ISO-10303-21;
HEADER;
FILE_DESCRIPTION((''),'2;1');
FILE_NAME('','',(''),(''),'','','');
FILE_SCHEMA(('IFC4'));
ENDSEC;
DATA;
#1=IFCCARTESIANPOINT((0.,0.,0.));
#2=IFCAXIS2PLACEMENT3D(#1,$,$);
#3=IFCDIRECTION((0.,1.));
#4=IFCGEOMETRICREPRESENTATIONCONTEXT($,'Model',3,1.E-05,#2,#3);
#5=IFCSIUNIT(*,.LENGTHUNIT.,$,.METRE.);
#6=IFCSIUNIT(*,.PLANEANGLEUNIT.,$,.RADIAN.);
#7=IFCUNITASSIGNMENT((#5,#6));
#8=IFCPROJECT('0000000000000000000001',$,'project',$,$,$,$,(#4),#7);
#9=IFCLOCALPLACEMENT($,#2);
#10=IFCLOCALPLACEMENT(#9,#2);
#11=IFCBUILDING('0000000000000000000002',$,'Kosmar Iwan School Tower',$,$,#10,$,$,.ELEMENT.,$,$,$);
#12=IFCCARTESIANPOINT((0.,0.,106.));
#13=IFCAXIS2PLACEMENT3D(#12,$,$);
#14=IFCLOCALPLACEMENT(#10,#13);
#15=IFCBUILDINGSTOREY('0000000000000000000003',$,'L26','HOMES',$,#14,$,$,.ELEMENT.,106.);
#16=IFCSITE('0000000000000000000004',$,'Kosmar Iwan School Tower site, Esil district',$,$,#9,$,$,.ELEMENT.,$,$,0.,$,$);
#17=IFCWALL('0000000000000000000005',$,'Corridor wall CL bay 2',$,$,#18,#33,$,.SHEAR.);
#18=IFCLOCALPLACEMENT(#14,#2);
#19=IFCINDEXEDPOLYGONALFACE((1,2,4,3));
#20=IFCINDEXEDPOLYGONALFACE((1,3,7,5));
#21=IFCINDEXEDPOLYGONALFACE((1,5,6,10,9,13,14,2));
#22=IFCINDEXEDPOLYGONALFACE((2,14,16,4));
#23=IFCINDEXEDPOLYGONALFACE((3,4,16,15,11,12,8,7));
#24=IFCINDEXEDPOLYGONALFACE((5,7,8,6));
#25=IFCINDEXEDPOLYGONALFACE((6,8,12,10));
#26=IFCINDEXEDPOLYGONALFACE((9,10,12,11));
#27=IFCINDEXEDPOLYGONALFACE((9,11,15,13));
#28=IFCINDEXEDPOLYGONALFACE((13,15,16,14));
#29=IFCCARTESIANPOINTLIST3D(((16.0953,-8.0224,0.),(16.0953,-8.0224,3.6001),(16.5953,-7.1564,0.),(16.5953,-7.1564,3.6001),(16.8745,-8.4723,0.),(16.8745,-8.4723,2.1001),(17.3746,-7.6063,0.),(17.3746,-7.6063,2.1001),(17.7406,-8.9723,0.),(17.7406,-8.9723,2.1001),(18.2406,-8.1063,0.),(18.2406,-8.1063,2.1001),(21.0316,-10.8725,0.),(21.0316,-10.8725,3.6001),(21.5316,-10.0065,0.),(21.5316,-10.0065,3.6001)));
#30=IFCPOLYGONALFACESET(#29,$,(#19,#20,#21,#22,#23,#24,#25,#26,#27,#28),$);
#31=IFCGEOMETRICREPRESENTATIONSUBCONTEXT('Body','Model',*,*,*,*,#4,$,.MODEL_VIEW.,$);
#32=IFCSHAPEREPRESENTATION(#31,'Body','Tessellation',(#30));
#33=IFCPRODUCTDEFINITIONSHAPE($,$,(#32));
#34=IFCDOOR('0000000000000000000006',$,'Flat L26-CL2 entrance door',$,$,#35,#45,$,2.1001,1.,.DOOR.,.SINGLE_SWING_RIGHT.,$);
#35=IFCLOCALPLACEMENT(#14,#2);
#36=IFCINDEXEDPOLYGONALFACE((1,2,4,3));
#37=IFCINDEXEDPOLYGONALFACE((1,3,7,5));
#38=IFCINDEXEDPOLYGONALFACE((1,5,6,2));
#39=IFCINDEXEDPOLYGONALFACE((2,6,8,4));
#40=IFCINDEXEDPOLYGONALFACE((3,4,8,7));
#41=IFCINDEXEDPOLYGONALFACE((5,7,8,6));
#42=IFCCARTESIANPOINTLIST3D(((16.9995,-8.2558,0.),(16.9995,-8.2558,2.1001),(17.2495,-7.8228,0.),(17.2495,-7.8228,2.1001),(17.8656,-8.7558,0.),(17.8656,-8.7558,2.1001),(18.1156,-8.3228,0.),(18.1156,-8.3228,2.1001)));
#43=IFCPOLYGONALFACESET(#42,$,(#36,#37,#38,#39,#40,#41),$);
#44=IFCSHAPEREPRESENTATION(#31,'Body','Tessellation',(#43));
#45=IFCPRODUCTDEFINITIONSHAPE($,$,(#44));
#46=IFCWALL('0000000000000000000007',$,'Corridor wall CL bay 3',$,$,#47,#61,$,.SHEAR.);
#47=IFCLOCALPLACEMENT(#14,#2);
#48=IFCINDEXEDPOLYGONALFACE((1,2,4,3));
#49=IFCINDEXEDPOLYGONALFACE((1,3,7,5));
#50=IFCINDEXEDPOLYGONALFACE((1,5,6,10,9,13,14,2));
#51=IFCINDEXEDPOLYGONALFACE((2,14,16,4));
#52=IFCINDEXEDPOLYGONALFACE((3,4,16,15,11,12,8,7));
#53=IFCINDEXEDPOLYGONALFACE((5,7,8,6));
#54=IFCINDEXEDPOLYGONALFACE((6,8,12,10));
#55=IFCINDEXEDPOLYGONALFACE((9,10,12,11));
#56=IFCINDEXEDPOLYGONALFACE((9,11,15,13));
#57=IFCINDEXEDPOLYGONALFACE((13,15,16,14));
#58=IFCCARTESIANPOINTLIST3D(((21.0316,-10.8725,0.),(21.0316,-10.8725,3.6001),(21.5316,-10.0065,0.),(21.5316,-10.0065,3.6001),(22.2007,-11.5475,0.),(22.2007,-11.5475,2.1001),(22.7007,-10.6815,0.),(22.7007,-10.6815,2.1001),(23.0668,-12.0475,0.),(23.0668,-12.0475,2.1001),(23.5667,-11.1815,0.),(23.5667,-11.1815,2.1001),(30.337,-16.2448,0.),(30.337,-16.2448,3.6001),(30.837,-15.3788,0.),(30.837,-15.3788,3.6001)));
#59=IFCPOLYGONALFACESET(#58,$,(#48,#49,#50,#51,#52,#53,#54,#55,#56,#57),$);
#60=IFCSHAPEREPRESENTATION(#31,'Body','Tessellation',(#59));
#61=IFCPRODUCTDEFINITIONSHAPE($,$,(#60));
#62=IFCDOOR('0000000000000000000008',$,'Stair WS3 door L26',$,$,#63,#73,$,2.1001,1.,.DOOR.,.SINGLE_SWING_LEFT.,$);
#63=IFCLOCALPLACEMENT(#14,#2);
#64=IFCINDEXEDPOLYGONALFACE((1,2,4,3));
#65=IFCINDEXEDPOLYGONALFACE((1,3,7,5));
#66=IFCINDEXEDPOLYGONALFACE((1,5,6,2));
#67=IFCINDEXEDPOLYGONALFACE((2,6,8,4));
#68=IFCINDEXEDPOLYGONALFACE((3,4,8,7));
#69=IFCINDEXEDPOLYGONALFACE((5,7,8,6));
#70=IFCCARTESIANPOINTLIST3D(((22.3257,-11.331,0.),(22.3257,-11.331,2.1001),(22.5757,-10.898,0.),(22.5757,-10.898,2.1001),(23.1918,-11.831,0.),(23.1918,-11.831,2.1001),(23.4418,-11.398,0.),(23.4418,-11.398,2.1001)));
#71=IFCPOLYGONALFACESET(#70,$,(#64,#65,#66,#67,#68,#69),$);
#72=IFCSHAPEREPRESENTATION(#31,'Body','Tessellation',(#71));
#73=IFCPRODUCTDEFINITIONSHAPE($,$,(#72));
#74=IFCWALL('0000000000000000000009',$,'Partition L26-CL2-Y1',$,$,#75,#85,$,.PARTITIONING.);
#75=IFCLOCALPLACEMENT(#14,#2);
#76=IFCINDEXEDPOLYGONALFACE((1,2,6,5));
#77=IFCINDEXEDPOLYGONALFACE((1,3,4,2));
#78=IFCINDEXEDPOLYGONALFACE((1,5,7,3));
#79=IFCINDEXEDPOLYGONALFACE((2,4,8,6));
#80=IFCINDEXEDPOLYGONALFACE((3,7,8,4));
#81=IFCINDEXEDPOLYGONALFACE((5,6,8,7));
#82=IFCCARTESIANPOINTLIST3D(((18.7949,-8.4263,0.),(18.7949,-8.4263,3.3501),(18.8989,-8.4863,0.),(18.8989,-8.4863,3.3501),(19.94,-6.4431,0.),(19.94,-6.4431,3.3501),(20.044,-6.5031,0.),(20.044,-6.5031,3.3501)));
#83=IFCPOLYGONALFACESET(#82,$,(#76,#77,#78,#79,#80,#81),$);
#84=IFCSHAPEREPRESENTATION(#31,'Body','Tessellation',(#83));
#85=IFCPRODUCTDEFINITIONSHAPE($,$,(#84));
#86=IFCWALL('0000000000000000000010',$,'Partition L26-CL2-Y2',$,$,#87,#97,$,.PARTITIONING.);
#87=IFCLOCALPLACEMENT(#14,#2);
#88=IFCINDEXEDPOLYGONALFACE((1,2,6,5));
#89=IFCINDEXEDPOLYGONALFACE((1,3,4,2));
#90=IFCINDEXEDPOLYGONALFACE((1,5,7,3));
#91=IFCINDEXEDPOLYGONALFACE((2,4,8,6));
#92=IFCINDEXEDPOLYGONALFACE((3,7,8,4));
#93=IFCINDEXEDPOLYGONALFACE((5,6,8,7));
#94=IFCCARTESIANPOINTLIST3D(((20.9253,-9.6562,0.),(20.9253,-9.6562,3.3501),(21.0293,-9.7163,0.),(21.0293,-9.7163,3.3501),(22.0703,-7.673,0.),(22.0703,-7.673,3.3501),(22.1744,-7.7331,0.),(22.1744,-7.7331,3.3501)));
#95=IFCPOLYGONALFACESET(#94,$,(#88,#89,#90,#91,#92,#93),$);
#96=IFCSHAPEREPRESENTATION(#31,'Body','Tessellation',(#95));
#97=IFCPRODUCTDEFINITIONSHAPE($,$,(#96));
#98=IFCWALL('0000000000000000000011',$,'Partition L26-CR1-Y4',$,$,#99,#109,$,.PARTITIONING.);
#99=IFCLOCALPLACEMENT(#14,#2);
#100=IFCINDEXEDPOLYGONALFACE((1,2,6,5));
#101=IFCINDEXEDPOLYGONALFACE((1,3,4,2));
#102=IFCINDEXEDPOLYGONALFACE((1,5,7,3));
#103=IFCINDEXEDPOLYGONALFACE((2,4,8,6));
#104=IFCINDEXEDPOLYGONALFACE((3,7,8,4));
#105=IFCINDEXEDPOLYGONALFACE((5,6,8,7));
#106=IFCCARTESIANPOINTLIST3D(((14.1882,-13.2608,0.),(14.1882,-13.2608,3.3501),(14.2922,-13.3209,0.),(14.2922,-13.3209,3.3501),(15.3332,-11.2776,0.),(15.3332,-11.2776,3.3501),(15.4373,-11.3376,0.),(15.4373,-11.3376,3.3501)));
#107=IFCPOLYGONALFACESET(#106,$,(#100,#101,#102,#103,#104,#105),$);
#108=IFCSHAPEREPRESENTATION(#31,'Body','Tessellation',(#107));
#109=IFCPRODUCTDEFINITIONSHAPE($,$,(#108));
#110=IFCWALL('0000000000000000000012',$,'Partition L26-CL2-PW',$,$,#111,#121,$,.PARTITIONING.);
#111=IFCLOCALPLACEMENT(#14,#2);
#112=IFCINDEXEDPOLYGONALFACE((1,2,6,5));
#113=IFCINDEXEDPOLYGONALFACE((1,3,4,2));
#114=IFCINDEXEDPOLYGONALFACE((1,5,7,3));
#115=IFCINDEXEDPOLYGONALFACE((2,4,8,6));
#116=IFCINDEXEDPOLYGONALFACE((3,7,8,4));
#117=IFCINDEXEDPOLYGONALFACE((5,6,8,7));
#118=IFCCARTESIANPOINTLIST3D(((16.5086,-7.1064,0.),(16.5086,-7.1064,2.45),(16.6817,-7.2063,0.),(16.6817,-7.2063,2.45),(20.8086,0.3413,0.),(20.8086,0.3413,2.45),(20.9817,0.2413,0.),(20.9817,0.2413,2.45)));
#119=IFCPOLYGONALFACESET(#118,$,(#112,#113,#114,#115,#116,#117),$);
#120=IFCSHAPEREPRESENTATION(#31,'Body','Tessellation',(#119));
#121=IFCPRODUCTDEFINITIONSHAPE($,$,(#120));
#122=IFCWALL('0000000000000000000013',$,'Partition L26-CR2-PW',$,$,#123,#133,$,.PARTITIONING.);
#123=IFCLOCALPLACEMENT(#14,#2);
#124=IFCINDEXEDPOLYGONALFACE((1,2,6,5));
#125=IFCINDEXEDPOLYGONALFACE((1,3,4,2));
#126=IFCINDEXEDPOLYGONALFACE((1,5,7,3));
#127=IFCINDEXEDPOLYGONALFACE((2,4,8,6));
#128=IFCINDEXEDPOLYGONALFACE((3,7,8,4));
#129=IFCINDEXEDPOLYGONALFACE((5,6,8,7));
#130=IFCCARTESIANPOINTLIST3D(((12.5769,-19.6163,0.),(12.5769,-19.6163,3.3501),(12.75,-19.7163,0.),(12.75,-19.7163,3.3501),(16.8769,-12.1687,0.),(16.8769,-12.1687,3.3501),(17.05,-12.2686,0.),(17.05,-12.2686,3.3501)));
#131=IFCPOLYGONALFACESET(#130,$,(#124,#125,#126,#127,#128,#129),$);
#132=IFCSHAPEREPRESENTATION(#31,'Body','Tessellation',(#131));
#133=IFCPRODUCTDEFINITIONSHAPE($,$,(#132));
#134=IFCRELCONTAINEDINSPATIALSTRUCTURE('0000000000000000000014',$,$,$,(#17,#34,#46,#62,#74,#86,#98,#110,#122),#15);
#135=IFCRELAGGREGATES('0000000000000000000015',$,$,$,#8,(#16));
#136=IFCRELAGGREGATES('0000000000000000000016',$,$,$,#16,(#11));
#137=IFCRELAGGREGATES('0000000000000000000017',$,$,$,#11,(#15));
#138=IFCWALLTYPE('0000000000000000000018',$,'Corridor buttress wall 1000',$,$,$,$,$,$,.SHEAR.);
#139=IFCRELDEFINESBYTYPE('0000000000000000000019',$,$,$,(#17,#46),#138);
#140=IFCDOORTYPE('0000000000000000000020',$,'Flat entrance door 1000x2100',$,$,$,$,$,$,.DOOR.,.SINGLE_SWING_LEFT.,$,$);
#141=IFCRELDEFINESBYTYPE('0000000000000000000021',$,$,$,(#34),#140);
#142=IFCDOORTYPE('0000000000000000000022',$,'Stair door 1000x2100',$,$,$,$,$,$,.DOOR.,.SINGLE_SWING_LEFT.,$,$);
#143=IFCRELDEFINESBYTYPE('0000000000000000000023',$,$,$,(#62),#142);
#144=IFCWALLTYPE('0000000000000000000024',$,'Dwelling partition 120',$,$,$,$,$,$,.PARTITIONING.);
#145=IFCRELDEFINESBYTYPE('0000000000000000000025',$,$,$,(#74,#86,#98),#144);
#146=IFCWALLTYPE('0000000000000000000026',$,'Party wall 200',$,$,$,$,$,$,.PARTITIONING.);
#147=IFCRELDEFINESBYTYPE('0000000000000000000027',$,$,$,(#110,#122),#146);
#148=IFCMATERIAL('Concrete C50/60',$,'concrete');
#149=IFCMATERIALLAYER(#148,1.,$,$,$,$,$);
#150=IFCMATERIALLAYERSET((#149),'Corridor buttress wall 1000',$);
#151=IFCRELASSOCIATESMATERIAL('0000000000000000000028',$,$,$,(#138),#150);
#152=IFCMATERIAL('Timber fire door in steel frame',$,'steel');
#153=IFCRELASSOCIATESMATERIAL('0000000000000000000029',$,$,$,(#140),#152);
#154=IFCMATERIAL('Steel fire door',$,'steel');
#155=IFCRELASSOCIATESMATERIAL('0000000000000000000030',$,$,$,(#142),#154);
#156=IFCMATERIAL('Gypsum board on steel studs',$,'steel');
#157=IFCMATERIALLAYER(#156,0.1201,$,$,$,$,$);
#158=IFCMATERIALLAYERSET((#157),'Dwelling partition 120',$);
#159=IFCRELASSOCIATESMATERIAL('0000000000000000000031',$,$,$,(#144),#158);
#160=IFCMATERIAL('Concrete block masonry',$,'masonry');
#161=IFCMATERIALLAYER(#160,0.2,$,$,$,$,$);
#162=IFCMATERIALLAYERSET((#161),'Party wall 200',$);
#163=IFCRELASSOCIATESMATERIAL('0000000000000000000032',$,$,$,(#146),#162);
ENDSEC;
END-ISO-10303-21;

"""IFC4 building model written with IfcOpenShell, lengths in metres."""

from ifc_helpers import new_model, si_unit, direction, frame, frame_2d, origin, place, context, subcontext, project, spatial, rectangle, extrude, material, layer, layer_set, type_object, element, fill, save


model = new_model("IFC4")

# Units and contexts
model_context = context("Model", 3, precision=1e-05, world=origin(), true_north=direction((0.0, 1.0)))
body_context = subcontext(model_context, "Body", "Model", "MODEL_VIEW")
ifc_project = project(units=[si_unit("LENGTHUNIT", "METRE"), si_unit("PLANEANGLEUNIT", "RADIAN")], contexts=[model_context])

# Site, building, storey
site_placement = place(None, origin())
site = spatial("IfcSite", under=ifc_project, at=site_placement, Name="Kosmar Iwan School Tower site, Esil district", CompositionType="ELEMENT", RefElevation=0.0)
building_placement = place(site_placement, origin())
building = spatial("IfcBuilding", under=site, at=building_placement, Name="Kosmar Iwan School Tower", CompositionType="ELEMENT")
storey_placement = place(building_placement, frame((0.0, 0.0, 106.0)))
storey = spatial("IfcBuildingStorey", under=building, at=storey_placement, Name="L26", Description="HOMES", CompositionType="ELEMENT", Elevation=106.0)

# Walls, openings, doors
ifc_material_1 = material(Name="Concrete C50/60", Category="concrete")
ifc_layer_1 = layer(ifc_material_1, 1.0)
ifc_layer_set_1 = layer_set([ifc_layer_1], Name="Corridor buttress wall 1000")
wall_type_1 = type_object("IfcWallType", Name="Corridor buttress wall 1000", PredefinedType="SHEAR", material=ifc_layer_set_1)
wall_1_placement = place(storey_placement, frame((16.3452, -7.5894, 0.0), z_axis=(0.0, 0.0, 1.0), x_axis=(0.866015, -0.500018, 0.0)))
wall_1 = element("IfcWall", 1, at=wall_1_placement, inside=storey, type_object=wall_type_1, Name="Corridor wall CL bay 2", PredefinedType="SHEAR", context=body_context, shape_type="SweptSolid", body=[
    extrude(rectangle(XDim=5.7, YDim=1.0, at=frame_2d((2.8501, 0.0))), origin(), (0.0, 0.0, 1.0), 3.6001),
])
opening_1_placement = place(wall_1_placement, frame((0.8999, 0.0, 0.0)))
opening_1 = element("IfcOpeningElement", 2, at=opening_1_placement, cuts=wall_1, PredefinedType="OPENING", context=body_context, shape_type="SweptSolid", body=[
    extrude(rectangle(XDim=1.0, YDim=2.1001, at=frame_2d((0.5, 1.05))), frame((0.0, 0.512, 0.0), z_axis=(0.0, -1.0, 0.0), x_axis=(1.0, 0.0, 0.0)), (0.0, 0.0, 1.0), 1.0239),
])
ifc_material_2 = material(Name="Timber fire door in steel frame", Category="steel")
door_type_1 = type_object("IfcDoorType", Name="Flat entrance door 1000x2100", OperationType="SINGLE_SWING_LEFT", PredefinedType="DOOR", material=ifc_material_2)
door_1_placement = place(opening_1_placement, origin())
door_1 = element("IfcDoor", 3, at=door_1_placement, inside=storey, type_object=door_type_1, Name="Flat L26-CL2 entrance door", OperationType="SINGLE_SWING_RIGHT", OverallHeight=2.1001, OverallWidth=1.0, PredefinedType="DOOR", context=body_context, shape_type="SweptSolid", body=[
    extrude(rectangle(XDim=1.0, YDim=2.1001, at=frame_2d((0.5, 1.05))), frame((0.0, 0.25, 0.0), z_axis=(0.0, -1.0, 0.0), x_axis=(1.0, 0.0, 0.0)), (0.0, 0.0, 1.0), 0.5),
])
fill(opening_1, door_1)
wall_2_placement = place(storey_placement, frame((21.2815, -10.4395, 0.0), z_axis=(0.0, 0.0, 1.0), x_axis=(0.866032, -0.499988, 0.0)))
wall_2 = element("IfcWall", 4, at=wall_2_placement, inside=storey, type_object=wall_type_1, Name="Corridor wall CL bay 3", PredefinedType="SHEAR", context=body_context, shape_type="SweptSolid", body=[
    extrude(rectangle(XDim=10.7449, YDim=1.0, at=frame_2d((5.3726, 0.0))), origin(), (0.0, 0.0, 1.0), 3.6001),
])
opening_2_placement = place(wall_2_placement, frame((1.3501, 0.0, 0.0)))
opening_2 = element("IfcOpeningElement", 5, at=opening_2_placement, cuts=wall_2, PredefinedType="OPENING", context=body_context, shape_type="SweptSolid", body=[
    extrude(rectangle(XDim=1.0, YDim=2.1001, at=frame_2d((0.5, 1.05))), frame((0.0, 0.512, 0.0), z_axis=(0.0, -1.0, 0.0), x_axis=(1.0, 0.0, 0.0)), (0.0, 0.0, 1.0), 1.0239),
])
ifc_material_3 = material(Name="Steel fire door", Category="steel")
door_type_2 = type_object("IfcDoorType", Name="Stair door 1000x2100", OperationType="SINGLE_SWING_LEFT", PredefinedType="DOOR", material=ifc_material_3)
door_2_placement = place(opening_2_placement, origin())
door_2 = element("IfcDoor", 6, at=door_2_placement, inside=storey, type_object=door_type_2, Name="Stair WS3 door L26", OperationType="SINGLE_SWING_LEFT", OverallHeight=2.1001, OverallWidth=1.0, PredefinedType="DOOR", context=body_context, shape_type="SweptSolid", body=[
    extrude(rectangle(XDim=1.0, YDim=2.1001, at=frame_2d((0.5, 1.05))), frame((0.0, 0.25, 0.0), z_axis=(0.0, -1.0, 0.0), x_axis=(1.0, 0.0, 0.0)), (0.0, 0.0, 1.0), 0.5),
])
fill(opening_2, door_2)

# Walls
ifc_material_4 = material(Name="Gypsum board on steel studs", Category="steel")
ifc_layer_2 = layer(ifc_material_4, 0.1201)
ifc_layer_set_2 = layer_set([ifc_layer_2], Name="Dwelling partition 120")
wall_type_2 = type_object("IfcWallType", Name="Dwelling partition 120", PredefinedType="PARTITIONING", material=ifc_layer_set_2)
for number, where, z_axis, x_axis, name in (
    (7, (18.8469, -8.4563, 0.0), (0.0, 0.0, 1.0), (0.500015, 0.866017, 0.0), "Partition L26-CL2-Y1"),
    (8, (20.9773, -9.6863, 0.0), (0.0, 0.0, 1.0), (0.500015, 0.866017, 0.0), "Partition L26-CL2-Y2"),
    (9, (15.3853, -11.3076, 0.0), (0.0, 0.0, 1.0), (-0.500015, -0.866017, 0.0), "Partition L26-CR1-Y4"),
):
    element("IfcWall", number, at=place(storey_placement, frame(where, z_axis=z_axis, x_axis=x_axis)), inside=storey, type_object=wall_type_2, Name=name, PredefinedType="PARTITIONING", context=body_context, shape_type="SweptSolid", body=[
        extrude(rectangle(XDim=2.29, YDim=0.1201, at=frame_2d((1.145, 0.0))), origin(), (0.0, 0.0, 1.0), 3.3501),
    ])
ifc_material_5 = material(Name="Concrete block masonry", Category="masonry")
ifc_layer_3 = layer(ifc_material_5, 0.2)
ifc_layer_set_3 = layer_set([ifc_layer_3], Name="Party wall 200")
wall_type_3 = type_object("IfcWallType", Name="Party wall 200", PredefinedType="PARTITIONING", material=ifc_layer_set_3)
wall_3_placement = place(storey_placement, frame((16.5952, -7.1562, 0.0), z_axis=(0.0, 0.0, 1.0), x_axis=(0.500008, 0.866021, 0.0)))
element("IfcWall", 10, at=wall_3_placement, inside=storey, type_object=wall_type_3, Name="Partition L26-CL2-PW", PredefinedType="PARTITIONING", context=body_context, shape_type="SweptSolid", body=[
    extrude(rectangle(XDim=8.5999, YDim=0.2, at=frame_2d((4.2998, 0.0))), origin(), (0.0, 0.0, 1.0), 2.45),
])
wall_4_placement = place(storey_placement, frame((16.9634, -12.2188, 0.0), z_axis=(0.0, 0.0, 1.0), x_axis=(-0.500008, -0.866021, 0.0)))
element("IfcWall", 11, at=wall_4_placement, inside=storey, type_object=wall_type_3, Name="Partition L26-CR2-PW", PredefinedType="PARTITIONING", context=body_context, shape_type="SweptSolid", body=[
    extrude(rectangle(XDim=8.5999, YDim=0.2, at=frame_2d((4.2998, 0.0))), origin(), (0.0, 0.0, 1.0), 3.3501),
])

save(model, "model.ifc")
